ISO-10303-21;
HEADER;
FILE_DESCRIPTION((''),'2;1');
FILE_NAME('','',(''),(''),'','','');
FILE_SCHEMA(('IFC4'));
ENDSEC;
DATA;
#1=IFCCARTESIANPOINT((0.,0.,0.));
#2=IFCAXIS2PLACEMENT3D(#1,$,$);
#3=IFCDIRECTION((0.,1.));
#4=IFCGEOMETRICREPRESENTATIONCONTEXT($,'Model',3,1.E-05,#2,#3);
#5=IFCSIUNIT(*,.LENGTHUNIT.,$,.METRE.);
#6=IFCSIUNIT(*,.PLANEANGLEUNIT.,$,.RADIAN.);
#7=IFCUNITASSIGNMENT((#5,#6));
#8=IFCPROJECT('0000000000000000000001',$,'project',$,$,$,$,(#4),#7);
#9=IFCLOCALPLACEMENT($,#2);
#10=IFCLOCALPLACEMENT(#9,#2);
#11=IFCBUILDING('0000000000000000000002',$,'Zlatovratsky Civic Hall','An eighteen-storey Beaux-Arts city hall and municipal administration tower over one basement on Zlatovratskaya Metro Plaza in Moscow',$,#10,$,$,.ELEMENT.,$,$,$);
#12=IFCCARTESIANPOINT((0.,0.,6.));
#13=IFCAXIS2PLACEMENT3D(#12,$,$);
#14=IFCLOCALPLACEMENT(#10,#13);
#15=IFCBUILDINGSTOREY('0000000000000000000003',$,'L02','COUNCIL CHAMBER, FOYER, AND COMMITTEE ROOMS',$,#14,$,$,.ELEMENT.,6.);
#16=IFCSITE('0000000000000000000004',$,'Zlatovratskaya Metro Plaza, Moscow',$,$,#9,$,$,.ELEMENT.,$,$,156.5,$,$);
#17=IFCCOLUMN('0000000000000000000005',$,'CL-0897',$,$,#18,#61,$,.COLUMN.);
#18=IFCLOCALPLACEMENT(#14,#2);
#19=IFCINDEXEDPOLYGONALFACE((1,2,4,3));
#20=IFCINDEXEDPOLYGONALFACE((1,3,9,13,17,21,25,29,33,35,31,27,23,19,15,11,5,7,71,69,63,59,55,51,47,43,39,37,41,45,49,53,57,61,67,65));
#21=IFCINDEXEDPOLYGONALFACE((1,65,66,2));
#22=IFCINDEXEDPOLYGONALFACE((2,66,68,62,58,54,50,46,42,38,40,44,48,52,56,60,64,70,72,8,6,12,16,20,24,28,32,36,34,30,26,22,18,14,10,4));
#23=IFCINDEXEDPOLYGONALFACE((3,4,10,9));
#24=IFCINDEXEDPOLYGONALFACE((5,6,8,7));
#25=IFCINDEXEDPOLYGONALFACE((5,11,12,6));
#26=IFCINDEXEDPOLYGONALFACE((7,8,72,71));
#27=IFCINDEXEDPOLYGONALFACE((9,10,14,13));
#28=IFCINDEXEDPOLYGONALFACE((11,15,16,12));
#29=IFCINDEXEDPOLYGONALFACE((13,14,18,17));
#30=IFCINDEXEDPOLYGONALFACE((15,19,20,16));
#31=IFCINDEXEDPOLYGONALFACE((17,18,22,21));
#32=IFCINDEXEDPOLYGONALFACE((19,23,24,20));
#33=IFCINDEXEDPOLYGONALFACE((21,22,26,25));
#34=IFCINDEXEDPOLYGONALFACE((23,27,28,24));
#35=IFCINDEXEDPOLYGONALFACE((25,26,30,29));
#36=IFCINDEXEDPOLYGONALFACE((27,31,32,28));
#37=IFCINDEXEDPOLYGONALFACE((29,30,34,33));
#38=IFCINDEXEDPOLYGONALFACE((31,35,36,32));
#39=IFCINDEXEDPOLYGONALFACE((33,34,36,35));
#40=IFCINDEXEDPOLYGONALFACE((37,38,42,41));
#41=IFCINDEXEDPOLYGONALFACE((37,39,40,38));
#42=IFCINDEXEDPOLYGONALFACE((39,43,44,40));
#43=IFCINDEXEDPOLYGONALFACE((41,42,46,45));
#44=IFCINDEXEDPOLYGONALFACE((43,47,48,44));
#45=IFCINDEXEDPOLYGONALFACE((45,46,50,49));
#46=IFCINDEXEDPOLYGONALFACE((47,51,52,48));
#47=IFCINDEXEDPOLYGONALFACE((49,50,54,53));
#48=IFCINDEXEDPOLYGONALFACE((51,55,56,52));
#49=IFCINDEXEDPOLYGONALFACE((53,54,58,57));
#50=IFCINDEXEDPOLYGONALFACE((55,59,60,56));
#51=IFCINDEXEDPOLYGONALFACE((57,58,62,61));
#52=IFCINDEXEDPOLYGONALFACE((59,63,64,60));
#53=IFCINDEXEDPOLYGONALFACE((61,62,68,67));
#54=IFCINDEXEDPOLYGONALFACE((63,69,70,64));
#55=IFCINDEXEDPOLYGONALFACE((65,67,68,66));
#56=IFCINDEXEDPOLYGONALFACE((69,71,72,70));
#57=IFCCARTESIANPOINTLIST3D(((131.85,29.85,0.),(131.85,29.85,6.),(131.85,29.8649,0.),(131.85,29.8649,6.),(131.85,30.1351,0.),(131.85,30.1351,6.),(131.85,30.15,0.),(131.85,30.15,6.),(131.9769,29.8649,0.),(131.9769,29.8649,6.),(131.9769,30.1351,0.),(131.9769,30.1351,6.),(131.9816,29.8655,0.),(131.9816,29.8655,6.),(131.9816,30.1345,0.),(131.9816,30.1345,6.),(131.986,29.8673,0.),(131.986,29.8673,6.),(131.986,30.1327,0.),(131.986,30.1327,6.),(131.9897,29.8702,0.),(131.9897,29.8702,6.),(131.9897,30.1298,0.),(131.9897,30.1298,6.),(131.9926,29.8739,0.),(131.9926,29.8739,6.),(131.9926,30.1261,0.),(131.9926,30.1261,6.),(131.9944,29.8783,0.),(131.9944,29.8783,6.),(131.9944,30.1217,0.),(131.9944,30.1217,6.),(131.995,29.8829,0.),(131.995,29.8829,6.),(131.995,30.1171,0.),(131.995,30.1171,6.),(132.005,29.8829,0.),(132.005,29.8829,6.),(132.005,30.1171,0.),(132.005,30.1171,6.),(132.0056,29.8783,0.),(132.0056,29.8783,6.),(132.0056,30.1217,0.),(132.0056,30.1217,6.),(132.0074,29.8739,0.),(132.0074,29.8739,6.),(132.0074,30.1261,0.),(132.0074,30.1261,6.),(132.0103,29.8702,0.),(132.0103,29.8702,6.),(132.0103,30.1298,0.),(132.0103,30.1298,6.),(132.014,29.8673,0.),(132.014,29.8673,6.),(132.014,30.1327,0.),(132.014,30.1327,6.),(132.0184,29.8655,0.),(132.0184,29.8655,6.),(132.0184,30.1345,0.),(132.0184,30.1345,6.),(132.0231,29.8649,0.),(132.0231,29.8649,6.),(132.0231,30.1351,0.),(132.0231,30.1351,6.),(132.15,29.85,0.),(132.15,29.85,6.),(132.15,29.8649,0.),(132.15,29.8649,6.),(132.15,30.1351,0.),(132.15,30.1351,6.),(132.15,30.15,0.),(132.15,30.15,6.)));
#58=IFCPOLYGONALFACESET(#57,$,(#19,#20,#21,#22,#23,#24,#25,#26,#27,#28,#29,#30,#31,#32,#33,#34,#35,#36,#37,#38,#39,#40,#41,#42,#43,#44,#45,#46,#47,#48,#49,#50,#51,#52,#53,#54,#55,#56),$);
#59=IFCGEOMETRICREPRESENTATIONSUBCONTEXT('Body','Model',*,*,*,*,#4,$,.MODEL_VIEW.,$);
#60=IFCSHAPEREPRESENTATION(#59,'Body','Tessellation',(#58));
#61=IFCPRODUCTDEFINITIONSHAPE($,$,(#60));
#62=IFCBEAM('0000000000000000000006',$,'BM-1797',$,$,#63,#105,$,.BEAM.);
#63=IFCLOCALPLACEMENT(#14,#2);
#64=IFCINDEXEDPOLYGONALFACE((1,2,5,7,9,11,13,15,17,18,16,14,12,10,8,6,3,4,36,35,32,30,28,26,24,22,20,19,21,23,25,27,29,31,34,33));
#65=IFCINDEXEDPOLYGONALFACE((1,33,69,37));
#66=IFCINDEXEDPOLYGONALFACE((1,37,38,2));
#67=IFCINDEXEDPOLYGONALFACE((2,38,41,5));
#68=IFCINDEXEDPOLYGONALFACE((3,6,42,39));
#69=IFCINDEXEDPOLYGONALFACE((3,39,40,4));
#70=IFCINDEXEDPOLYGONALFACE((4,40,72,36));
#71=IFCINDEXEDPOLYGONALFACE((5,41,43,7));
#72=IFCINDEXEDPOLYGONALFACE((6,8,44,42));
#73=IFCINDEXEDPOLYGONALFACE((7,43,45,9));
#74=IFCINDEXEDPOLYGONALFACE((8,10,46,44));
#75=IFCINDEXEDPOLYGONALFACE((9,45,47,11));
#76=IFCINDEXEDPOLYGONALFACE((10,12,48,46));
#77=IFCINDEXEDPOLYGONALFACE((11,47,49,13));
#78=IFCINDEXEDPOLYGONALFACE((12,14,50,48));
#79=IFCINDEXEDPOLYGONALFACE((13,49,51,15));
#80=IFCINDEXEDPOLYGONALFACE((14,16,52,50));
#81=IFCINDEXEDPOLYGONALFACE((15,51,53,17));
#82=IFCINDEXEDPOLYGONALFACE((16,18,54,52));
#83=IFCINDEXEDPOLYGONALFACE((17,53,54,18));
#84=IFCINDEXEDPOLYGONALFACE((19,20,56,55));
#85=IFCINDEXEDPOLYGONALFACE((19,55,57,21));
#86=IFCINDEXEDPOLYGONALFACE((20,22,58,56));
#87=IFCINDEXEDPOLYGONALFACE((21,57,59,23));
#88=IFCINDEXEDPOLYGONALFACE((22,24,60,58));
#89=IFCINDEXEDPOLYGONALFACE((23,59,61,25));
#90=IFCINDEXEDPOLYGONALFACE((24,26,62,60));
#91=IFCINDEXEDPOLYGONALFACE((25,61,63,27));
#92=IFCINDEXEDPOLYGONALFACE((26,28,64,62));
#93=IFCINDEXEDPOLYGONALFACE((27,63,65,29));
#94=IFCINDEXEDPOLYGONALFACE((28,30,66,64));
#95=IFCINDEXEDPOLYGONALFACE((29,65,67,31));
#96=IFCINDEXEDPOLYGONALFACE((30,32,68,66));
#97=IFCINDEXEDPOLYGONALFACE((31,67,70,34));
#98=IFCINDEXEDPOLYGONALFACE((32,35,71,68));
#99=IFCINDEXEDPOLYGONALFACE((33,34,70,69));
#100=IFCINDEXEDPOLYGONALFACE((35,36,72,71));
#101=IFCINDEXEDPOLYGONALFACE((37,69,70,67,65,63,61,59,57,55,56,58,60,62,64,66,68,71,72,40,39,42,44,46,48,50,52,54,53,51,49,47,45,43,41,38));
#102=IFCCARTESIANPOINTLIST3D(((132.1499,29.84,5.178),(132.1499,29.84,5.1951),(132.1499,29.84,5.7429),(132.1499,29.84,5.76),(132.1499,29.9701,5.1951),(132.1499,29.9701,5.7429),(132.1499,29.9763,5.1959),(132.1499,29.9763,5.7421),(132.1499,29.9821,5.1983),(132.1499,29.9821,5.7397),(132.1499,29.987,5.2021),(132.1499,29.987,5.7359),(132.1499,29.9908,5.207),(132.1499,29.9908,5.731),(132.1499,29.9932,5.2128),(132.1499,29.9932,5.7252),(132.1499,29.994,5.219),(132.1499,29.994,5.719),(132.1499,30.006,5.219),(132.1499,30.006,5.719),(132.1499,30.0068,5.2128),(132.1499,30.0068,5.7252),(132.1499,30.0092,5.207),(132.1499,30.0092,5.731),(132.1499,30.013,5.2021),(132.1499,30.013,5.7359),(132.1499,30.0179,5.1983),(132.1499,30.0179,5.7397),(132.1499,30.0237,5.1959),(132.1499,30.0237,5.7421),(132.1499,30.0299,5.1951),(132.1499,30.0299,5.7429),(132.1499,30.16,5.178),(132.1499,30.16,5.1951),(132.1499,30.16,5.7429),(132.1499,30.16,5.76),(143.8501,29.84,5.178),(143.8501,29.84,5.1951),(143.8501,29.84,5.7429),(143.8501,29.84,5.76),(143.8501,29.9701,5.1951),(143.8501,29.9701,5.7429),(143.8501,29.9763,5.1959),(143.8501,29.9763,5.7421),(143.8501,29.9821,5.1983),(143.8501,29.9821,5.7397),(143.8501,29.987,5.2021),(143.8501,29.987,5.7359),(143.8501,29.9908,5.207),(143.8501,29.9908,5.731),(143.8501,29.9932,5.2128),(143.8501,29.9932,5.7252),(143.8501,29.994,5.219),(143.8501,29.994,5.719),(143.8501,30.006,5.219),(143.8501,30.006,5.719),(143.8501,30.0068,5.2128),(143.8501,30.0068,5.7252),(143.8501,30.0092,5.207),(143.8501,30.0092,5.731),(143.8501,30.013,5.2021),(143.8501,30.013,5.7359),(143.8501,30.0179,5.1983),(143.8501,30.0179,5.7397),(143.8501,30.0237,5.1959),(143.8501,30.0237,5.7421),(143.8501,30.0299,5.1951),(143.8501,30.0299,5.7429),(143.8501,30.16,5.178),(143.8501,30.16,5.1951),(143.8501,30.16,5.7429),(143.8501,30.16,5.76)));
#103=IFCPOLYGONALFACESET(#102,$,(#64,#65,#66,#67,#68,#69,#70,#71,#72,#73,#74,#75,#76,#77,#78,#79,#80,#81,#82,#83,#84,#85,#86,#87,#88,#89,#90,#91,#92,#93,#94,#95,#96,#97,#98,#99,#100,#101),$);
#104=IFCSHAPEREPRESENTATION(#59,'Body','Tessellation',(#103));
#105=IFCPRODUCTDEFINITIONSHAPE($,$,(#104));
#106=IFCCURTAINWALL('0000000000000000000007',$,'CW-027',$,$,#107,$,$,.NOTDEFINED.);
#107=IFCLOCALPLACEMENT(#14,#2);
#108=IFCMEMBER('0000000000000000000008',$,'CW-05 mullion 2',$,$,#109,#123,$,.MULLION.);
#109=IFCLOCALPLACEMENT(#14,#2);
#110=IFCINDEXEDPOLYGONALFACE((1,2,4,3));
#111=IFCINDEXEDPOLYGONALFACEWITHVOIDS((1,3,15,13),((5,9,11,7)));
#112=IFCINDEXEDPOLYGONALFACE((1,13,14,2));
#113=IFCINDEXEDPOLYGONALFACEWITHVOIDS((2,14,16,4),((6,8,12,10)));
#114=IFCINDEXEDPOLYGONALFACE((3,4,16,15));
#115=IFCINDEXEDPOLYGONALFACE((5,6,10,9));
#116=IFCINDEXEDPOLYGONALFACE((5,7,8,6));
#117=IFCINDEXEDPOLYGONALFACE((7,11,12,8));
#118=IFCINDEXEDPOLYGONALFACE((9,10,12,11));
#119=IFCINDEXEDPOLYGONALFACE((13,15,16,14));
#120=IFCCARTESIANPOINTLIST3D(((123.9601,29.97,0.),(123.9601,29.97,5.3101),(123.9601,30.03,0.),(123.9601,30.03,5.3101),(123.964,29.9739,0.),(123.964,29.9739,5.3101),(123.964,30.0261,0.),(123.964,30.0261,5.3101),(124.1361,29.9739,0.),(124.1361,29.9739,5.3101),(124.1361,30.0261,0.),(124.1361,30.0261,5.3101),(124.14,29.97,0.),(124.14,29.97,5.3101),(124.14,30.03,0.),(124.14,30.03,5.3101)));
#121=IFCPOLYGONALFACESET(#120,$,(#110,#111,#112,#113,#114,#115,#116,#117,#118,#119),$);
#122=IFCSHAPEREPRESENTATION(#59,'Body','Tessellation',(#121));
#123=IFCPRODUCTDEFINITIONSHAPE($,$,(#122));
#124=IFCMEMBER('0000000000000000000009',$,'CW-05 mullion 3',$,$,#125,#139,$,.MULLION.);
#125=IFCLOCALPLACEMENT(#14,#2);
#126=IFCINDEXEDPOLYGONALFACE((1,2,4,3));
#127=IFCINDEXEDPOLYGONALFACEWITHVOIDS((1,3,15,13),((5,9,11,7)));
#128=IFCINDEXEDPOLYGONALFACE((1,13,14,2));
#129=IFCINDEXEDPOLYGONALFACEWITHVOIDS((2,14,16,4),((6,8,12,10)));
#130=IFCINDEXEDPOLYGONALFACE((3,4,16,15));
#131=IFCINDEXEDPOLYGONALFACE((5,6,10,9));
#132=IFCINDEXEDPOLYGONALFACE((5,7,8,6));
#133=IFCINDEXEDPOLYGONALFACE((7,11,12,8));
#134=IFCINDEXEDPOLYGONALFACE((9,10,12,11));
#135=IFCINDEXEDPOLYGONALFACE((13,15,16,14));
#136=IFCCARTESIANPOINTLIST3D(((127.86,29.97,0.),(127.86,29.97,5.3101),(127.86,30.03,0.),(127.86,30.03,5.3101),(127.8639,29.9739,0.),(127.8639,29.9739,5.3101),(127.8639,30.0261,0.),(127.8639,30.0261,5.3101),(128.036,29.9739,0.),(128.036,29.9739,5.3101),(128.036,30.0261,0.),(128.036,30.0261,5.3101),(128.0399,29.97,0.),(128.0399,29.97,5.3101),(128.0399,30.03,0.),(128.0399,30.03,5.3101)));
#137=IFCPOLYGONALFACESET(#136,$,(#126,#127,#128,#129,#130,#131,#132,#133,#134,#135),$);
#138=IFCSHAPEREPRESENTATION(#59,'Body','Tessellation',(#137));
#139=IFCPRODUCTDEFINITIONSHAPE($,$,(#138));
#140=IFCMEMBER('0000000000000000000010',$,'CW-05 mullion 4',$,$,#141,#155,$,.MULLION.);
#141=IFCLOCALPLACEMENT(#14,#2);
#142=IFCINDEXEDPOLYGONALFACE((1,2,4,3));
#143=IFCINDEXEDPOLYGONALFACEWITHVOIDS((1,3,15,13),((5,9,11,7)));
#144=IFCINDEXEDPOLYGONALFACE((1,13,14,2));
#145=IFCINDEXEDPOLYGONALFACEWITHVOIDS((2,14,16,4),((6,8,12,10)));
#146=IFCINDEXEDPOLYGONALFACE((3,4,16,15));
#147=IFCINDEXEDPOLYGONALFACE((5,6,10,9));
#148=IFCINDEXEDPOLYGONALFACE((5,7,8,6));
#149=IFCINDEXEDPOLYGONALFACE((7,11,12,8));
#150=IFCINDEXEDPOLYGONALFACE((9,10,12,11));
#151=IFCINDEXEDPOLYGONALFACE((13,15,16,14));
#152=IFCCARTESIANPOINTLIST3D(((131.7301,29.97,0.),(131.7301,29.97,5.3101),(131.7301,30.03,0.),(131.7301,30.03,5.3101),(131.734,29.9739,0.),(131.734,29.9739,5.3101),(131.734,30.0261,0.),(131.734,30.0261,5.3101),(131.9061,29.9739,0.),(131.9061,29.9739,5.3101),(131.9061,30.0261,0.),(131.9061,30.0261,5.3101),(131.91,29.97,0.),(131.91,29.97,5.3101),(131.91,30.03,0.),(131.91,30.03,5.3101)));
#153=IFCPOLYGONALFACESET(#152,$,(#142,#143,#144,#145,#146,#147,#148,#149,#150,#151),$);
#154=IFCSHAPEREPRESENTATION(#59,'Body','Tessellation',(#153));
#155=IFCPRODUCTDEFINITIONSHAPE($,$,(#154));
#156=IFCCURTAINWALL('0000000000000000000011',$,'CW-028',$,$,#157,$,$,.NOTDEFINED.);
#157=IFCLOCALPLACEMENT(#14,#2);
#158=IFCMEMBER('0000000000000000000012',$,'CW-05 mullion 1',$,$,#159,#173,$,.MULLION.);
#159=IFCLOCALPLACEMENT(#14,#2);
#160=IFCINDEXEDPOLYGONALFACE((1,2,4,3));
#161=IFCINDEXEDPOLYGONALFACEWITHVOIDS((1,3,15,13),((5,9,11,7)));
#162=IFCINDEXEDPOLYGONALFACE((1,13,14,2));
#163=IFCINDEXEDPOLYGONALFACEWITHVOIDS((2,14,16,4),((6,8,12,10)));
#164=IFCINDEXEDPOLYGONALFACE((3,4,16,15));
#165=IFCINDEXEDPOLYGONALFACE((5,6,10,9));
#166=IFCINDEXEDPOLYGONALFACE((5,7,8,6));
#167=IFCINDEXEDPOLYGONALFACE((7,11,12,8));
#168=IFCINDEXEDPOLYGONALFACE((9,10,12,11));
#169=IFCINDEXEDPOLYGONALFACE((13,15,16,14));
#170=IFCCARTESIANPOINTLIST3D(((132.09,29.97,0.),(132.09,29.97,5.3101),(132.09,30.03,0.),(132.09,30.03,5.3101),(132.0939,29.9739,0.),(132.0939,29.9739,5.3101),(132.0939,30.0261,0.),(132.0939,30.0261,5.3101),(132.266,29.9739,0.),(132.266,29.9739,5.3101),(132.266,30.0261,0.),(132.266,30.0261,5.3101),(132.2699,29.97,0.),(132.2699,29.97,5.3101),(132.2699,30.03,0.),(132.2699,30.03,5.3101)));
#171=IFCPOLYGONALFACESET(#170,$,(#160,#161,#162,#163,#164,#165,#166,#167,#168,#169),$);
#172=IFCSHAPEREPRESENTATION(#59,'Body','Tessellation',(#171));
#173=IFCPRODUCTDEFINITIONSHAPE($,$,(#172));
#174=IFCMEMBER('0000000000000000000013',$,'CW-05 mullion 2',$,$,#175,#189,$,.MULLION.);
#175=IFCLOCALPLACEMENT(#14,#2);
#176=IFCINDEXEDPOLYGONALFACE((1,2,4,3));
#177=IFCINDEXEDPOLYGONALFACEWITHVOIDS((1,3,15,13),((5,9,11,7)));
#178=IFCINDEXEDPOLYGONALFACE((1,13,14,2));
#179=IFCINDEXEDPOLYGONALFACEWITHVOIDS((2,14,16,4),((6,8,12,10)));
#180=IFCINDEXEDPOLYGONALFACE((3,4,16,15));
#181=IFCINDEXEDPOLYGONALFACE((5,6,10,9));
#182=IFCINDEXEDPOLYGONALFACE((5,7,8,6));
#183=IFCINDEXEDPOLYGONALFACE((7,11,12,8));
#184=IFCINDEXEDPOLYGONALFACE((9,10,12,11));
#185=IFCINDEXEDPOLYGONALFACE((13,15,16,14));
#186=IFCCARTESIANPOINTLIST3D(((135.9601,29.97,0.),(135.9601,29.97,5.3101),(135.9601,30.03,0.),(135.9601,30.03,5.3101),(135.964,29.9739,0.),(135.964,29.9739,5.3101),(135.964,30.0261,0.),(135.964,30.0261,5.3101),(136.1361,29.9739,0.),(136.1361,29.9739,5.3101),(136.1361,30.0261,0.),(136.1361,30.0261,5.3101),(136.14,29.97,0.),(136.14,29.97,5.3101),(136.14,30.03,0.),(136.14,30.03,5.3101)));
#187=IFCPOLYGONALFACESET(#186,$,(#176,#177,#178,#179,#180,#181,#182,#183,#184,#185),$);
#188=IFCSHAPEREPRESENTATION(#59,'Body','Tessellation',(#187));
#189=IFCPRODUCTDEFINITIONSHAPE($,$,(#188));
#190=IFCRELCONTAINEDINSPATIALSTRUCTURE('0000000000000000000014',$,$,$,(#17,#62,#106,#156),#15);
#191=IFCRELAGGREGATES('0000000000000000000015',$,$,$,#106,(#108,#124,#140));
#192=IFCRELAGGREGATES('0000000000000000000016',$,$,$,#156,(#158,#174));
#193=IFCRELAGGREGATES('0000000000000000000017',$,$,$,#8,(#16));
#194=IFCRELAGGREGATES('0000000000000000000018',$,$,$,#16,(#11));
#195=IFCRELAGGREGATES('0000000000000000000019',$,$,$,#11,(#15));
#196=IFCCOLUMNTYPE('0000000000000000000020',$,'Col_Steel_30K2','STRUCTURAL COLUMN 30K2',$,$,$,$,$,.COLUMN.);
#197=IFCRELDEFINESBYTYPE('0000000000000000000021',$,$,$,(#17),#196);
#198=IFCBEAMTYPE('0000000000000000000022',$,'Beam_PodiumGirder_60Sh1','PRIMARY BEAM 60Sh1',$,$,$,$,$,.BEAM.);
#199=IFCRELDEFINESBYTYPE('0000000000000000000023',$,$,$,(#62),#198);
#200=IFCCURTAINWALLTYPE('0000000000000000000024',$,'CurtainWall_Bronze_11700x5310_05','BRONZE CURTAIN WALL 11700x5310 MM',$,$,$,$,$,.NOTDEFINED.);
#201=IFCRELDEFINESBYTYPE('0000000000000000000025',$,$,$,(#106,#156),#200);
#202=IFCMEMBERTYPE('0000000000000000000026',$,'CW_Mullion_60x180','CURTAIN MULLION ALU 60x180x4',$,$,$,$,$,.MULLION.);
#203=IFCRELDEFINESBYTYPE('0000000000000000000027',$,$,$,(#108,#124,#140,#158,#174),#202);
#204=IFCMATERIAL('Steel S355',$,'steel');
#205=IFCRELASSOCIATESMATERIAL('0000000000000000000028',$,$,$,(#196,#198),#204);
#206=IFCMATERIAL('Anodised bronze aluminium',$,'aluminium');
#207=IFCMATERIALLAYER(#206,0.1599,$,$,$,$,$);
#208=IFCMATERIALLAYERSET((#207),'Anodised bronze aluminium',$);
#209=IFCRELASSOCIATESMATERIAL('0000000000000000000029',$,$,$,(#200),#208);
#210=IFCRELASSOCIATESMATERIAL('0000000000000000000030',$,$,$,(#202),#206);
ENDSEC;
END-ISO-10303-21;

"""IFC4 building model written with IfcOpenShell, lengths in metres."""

from ifc_helpers import new_model, si_unit, direction, frame, origin, origin_2d, place, context, subcontext, project, spatial, hollow_rectangle, i_section, extrude, material, layer, layer_set, material_profile, profile_set, type_object, element, aggregate, save


model = new_model("IFC4")

# Units and contexts
model_context = context("Model", 3, precision=1e-05, world=origin(), true_north=direction((0.0, 1.0)))
body_context = subcontext(model_context, "Body", "Model", "MODEL_VIEW")
ifc_project = project(units=[si_unit("LENGTHUNIT", "METRE"), si_unit("PLANEANGLEUNIT", "RADIAN")], contexts=[model_context])

# Site, building, storey
site_placement = place(None, origin())
site = spatial("IfcSite", under=ifc_project, at=site_placement, Name="Zlatovratskaya Metro Plaza, Moscow", CompositionType="ELEMENT", RefElevation=156.5)
building_placement = place(site_placement, origin())
building = spatial("IfcBuilding", under=site, at=building_placement, Name="Zlatovratsky Civic Hall", Description="An eighteen-storey Beaux-Arts city hall and municipal administration tower over one basement on Zlatovratskaya Metro Plaza in Moscow", CompositionType="ELEMENT")
storey_placement = place(building_placement, frame((0.0, 0.0, 6.0)))
storey = spatial("IfcBuildingStorey", under=building, at=storey_placement, Name="L02", Description="COUNCIL CHAMBER, FOYER, AND COMMITTEE ROOMS", CompositionType="ELEMENT", Elevation=6.0)

# Column
ifc_material_1 = material(Name="Steel S355", Category="steel")
ifc_material_profile_1 = material_profile(ifc_material_1, i_section(OverallWidth=0.3, OverallDepth=0.3, WebThickness=0.01, FlangeThickness=0.0149, FilletRadius=0.0181, at=origin_2d()), Name="30K2")
ifc_profile_set_1 = profile_set([ifc_material_profile_1], Name="Steel S355")
column_type = type_object("IfcColumnType", Name="Col_Steel_30K2", Description="STRUCTURAL COLUMN 30K2", PredefinedType="COLUMN", material=ifc_profile_set_1)
column_placement = place(storey_placement, frame((132.0, 30.0, 0.0), z_axis=(0.0, 0.0, 1.0), x_axis=(1.0, 0.0, 0.0)))
element("IfcColumn", 1, at=column_placement, inside=storey, type_object=column_type, Name="CL-0897", PredefinedType="COLUMN", context=body_context, shape_type="SweptSolid", body=[
    extrude(i_section(OverallWidth=0.3, OverallDepth=0.3, WebThickness=0.01, FlangeThickness=0.0149, FilletRadius=0.0181, at=origin_2d()), origin(), (0.0, 0.0, 1.0), 6.0),
])

# Beam
ifc_material_profile_2 = material_profile(ifc_material_1, i_section(OverallWidth=0.3201, OverallDepth=0.582, WebThickness=0.012, FlangeThickness=0.0171, FilletRadius=0.0239, at=origin_2d()), Name="60Sh1")
ifc_profile_set_2 = profile_set([ifc_material_profile_2], Name="Steel S355")
beam_type = type_object("IfcBeamType", Name="Beam_PodiumGirder_60Sh1", Description="PRIMARY BEAM 60Sh1", PredefinedType="BEAM", material=ifc_profile_set_2)
beam_placement = place(storey_placement, frame((132.1499, 30.0, 5.469), z_axis=(1.0, 0.0, 0.0), x_axis=(0.0, 1.0, 0.0)))
element("IfcBeam", 2, at=beam_placement, inside=storey, type_object=beam_type, Name="BM-1797", PredefinedType="BEAM", context=body_context, shape_type="SweptSolid", body=[
    extrude(i_section(OverallWidth=0.3201, OverallDepth=0.582, WebThickness=0.012, FlangeThickness=0.0171, FilletRadius=0.0239, at=origin_2d()), origin(), (0.0, 0.0, 1.0), 11.7002),
])

# Curtain walls, members
ifc_material_2 = material(Name="Anodised bronze aluminium", Category="aluminium")
ifc_layer_1 = layer(ifc_material_2, 0.1599)
ifc_layer_set_1 = layer_set([ifc_layer_1], Name="Anodised bronze aluminium")
curtain_wall_type = type_object("IfcCurtainWallType", Name="CurtainWall_Bronze_11700x5310_05", Description="BRONZE CURTAIN WALL 11700x5310 MM", PredefinedType="NOTDEFINED", material=ifc_layer_set_1)
curtain_wall_1_placement = place(storey_placement, origin())
curtain_wall_1 = element("IfcCurtainWall", 3, at=curtain_wall_1_placement, inside=storey, type_object=curtain_wall_type, Name="CW-027", PredefinedType="NOTDEFINED")
ifc_material_profile_3 = material_profile(ifc_material_2, hollow_rectangle(XDim=0.0601, YDim=0.1799, WallThickness=0.0039, at=origin_2d()), Name="ALU 60x180x4")
ifc_profile_set_3 = profile_set([ifc_material_profile_3], Name="Anodised bronze aluminium")
member_type_1 = type_object("IfcMemberType", Name="CW_Mullion_60x180", Description="CURTAIN MULLION ALU 60x180x4", PredefinedType="MULLION", material=ifc_profile_set_3)
member_1_placement = place(storey_placement, frame((124.05, 30.0, 0.0), z_axis=(0.0, 0.0, 1.0), x_axis=(0.0, 1.0, 0.0)))
member_1 = element("IfcMember", 4, at=member_1_placement, type_object=member_type_1, Name="CW-05 mullion 2", PredefinedType="MULLION", context=body_context, shape_type="SweptSolid", body=[
    extrude(hollow_rectangle(XDim=0.0601, YDim=0.1799, WallThickness=0.0039, at=origin_2d()), origin(), (0.0, 0.0, 1.0), 5.3101),
])
member_2_placement = place(storey_placement, frame((127.95, 30.0, 0.0), z_axis=(0.0, 0.0, 1.0), x_axis=(0.0, 1.0, 0.0)))
member_2 = element("IfcMember", 5, at=member_2_placement, type_object=member_type_1, Name="CW-05 mullion 3", PredefinedType="MULLION", context=body_context, shape_type="SweptSolid", body=[
    extrude(hollow_rectangle(XDim=0.0601, YDim=0.1799, WallThickness=0.0039, at=origin_2d()), origin(), (0.0, 0.0, 1.0), 5.3101),
])
member_3_placement = place(storey_placement, frame((131.8201, 30.0, 0.0), z_axis=(0.0, 0.0, 1.0), x_axis=(0.0, 1.0, 0.0)))
member_3 = element("IfcMember", 6, at=member_3_placement, type_object=member_type_1, Name="CW-05 mullion 4", PredefinedType="MULLION", context=body_context, shape_type="SweptSolid", body=[
    extrude(hollow_rectangle(XDim=0.0601, YDim=0.1799, WallThickness=0.0039, at=origin_2d()), origin(), (0.0, 0.0, 1.0), 5.3101),
])
curtain_wall_2_placement = place(storey_placement, origin())
curtain_wall_2 = element("IfcCurtainWall", 7, at=curtain_wall_2_placement, inside=storey, type_object=curtain_wall_type, Name="CW-028", PredefinedType="NOTDEFINED")
member_4_placement = place(storey_placement, frame((132.1799, 30.0, 0.0), z_axis=(0.0, 0.0, 1.0), x_axis=(0.0, 1.0, 0.0)))
member_4 = element("IfcMember", 8, at=member_4_placement, type_object=member_type_1, Name="CW-05 mullion 1", PredefinedType="MULLION", context=body_context, shape_type="SweptSolid", body=[
    extrude(hollow_rectangle(XDim=0.0601, YDim=0.1799, WallThickness=0.0039, at=origin_2d()), origin(), (0.0, 0.0, 1.0), 5.3101),
])
member_5_placement = place(storey_placement, frame((136.05, 30.0, 0.0), z_axis=(0.0, 0.0, 1.0), x_axis=(0.0, 1.0, 0.0)))
member_5 = element("IfcMember", 9, at=member_5_placement, type_object=member_type_1, Name="CW-05 mullion 2", PredefinedType="MULLION", context=body_context, shape_type="SweptSolid", body=[
    extrude(hollow_rectangle(XDim=0.0601, YDim=0.1799, WallThickness=0.0039, at=origin_2d()), origin(), (0.0, 0.0, 1.0), 5.3101),
])

aggregate(curtain_wall_1, [member_1, member_2, member_3])
aggregate(curtain_wall_2, [member_4, member_5])

save(model, "model.ifc")
